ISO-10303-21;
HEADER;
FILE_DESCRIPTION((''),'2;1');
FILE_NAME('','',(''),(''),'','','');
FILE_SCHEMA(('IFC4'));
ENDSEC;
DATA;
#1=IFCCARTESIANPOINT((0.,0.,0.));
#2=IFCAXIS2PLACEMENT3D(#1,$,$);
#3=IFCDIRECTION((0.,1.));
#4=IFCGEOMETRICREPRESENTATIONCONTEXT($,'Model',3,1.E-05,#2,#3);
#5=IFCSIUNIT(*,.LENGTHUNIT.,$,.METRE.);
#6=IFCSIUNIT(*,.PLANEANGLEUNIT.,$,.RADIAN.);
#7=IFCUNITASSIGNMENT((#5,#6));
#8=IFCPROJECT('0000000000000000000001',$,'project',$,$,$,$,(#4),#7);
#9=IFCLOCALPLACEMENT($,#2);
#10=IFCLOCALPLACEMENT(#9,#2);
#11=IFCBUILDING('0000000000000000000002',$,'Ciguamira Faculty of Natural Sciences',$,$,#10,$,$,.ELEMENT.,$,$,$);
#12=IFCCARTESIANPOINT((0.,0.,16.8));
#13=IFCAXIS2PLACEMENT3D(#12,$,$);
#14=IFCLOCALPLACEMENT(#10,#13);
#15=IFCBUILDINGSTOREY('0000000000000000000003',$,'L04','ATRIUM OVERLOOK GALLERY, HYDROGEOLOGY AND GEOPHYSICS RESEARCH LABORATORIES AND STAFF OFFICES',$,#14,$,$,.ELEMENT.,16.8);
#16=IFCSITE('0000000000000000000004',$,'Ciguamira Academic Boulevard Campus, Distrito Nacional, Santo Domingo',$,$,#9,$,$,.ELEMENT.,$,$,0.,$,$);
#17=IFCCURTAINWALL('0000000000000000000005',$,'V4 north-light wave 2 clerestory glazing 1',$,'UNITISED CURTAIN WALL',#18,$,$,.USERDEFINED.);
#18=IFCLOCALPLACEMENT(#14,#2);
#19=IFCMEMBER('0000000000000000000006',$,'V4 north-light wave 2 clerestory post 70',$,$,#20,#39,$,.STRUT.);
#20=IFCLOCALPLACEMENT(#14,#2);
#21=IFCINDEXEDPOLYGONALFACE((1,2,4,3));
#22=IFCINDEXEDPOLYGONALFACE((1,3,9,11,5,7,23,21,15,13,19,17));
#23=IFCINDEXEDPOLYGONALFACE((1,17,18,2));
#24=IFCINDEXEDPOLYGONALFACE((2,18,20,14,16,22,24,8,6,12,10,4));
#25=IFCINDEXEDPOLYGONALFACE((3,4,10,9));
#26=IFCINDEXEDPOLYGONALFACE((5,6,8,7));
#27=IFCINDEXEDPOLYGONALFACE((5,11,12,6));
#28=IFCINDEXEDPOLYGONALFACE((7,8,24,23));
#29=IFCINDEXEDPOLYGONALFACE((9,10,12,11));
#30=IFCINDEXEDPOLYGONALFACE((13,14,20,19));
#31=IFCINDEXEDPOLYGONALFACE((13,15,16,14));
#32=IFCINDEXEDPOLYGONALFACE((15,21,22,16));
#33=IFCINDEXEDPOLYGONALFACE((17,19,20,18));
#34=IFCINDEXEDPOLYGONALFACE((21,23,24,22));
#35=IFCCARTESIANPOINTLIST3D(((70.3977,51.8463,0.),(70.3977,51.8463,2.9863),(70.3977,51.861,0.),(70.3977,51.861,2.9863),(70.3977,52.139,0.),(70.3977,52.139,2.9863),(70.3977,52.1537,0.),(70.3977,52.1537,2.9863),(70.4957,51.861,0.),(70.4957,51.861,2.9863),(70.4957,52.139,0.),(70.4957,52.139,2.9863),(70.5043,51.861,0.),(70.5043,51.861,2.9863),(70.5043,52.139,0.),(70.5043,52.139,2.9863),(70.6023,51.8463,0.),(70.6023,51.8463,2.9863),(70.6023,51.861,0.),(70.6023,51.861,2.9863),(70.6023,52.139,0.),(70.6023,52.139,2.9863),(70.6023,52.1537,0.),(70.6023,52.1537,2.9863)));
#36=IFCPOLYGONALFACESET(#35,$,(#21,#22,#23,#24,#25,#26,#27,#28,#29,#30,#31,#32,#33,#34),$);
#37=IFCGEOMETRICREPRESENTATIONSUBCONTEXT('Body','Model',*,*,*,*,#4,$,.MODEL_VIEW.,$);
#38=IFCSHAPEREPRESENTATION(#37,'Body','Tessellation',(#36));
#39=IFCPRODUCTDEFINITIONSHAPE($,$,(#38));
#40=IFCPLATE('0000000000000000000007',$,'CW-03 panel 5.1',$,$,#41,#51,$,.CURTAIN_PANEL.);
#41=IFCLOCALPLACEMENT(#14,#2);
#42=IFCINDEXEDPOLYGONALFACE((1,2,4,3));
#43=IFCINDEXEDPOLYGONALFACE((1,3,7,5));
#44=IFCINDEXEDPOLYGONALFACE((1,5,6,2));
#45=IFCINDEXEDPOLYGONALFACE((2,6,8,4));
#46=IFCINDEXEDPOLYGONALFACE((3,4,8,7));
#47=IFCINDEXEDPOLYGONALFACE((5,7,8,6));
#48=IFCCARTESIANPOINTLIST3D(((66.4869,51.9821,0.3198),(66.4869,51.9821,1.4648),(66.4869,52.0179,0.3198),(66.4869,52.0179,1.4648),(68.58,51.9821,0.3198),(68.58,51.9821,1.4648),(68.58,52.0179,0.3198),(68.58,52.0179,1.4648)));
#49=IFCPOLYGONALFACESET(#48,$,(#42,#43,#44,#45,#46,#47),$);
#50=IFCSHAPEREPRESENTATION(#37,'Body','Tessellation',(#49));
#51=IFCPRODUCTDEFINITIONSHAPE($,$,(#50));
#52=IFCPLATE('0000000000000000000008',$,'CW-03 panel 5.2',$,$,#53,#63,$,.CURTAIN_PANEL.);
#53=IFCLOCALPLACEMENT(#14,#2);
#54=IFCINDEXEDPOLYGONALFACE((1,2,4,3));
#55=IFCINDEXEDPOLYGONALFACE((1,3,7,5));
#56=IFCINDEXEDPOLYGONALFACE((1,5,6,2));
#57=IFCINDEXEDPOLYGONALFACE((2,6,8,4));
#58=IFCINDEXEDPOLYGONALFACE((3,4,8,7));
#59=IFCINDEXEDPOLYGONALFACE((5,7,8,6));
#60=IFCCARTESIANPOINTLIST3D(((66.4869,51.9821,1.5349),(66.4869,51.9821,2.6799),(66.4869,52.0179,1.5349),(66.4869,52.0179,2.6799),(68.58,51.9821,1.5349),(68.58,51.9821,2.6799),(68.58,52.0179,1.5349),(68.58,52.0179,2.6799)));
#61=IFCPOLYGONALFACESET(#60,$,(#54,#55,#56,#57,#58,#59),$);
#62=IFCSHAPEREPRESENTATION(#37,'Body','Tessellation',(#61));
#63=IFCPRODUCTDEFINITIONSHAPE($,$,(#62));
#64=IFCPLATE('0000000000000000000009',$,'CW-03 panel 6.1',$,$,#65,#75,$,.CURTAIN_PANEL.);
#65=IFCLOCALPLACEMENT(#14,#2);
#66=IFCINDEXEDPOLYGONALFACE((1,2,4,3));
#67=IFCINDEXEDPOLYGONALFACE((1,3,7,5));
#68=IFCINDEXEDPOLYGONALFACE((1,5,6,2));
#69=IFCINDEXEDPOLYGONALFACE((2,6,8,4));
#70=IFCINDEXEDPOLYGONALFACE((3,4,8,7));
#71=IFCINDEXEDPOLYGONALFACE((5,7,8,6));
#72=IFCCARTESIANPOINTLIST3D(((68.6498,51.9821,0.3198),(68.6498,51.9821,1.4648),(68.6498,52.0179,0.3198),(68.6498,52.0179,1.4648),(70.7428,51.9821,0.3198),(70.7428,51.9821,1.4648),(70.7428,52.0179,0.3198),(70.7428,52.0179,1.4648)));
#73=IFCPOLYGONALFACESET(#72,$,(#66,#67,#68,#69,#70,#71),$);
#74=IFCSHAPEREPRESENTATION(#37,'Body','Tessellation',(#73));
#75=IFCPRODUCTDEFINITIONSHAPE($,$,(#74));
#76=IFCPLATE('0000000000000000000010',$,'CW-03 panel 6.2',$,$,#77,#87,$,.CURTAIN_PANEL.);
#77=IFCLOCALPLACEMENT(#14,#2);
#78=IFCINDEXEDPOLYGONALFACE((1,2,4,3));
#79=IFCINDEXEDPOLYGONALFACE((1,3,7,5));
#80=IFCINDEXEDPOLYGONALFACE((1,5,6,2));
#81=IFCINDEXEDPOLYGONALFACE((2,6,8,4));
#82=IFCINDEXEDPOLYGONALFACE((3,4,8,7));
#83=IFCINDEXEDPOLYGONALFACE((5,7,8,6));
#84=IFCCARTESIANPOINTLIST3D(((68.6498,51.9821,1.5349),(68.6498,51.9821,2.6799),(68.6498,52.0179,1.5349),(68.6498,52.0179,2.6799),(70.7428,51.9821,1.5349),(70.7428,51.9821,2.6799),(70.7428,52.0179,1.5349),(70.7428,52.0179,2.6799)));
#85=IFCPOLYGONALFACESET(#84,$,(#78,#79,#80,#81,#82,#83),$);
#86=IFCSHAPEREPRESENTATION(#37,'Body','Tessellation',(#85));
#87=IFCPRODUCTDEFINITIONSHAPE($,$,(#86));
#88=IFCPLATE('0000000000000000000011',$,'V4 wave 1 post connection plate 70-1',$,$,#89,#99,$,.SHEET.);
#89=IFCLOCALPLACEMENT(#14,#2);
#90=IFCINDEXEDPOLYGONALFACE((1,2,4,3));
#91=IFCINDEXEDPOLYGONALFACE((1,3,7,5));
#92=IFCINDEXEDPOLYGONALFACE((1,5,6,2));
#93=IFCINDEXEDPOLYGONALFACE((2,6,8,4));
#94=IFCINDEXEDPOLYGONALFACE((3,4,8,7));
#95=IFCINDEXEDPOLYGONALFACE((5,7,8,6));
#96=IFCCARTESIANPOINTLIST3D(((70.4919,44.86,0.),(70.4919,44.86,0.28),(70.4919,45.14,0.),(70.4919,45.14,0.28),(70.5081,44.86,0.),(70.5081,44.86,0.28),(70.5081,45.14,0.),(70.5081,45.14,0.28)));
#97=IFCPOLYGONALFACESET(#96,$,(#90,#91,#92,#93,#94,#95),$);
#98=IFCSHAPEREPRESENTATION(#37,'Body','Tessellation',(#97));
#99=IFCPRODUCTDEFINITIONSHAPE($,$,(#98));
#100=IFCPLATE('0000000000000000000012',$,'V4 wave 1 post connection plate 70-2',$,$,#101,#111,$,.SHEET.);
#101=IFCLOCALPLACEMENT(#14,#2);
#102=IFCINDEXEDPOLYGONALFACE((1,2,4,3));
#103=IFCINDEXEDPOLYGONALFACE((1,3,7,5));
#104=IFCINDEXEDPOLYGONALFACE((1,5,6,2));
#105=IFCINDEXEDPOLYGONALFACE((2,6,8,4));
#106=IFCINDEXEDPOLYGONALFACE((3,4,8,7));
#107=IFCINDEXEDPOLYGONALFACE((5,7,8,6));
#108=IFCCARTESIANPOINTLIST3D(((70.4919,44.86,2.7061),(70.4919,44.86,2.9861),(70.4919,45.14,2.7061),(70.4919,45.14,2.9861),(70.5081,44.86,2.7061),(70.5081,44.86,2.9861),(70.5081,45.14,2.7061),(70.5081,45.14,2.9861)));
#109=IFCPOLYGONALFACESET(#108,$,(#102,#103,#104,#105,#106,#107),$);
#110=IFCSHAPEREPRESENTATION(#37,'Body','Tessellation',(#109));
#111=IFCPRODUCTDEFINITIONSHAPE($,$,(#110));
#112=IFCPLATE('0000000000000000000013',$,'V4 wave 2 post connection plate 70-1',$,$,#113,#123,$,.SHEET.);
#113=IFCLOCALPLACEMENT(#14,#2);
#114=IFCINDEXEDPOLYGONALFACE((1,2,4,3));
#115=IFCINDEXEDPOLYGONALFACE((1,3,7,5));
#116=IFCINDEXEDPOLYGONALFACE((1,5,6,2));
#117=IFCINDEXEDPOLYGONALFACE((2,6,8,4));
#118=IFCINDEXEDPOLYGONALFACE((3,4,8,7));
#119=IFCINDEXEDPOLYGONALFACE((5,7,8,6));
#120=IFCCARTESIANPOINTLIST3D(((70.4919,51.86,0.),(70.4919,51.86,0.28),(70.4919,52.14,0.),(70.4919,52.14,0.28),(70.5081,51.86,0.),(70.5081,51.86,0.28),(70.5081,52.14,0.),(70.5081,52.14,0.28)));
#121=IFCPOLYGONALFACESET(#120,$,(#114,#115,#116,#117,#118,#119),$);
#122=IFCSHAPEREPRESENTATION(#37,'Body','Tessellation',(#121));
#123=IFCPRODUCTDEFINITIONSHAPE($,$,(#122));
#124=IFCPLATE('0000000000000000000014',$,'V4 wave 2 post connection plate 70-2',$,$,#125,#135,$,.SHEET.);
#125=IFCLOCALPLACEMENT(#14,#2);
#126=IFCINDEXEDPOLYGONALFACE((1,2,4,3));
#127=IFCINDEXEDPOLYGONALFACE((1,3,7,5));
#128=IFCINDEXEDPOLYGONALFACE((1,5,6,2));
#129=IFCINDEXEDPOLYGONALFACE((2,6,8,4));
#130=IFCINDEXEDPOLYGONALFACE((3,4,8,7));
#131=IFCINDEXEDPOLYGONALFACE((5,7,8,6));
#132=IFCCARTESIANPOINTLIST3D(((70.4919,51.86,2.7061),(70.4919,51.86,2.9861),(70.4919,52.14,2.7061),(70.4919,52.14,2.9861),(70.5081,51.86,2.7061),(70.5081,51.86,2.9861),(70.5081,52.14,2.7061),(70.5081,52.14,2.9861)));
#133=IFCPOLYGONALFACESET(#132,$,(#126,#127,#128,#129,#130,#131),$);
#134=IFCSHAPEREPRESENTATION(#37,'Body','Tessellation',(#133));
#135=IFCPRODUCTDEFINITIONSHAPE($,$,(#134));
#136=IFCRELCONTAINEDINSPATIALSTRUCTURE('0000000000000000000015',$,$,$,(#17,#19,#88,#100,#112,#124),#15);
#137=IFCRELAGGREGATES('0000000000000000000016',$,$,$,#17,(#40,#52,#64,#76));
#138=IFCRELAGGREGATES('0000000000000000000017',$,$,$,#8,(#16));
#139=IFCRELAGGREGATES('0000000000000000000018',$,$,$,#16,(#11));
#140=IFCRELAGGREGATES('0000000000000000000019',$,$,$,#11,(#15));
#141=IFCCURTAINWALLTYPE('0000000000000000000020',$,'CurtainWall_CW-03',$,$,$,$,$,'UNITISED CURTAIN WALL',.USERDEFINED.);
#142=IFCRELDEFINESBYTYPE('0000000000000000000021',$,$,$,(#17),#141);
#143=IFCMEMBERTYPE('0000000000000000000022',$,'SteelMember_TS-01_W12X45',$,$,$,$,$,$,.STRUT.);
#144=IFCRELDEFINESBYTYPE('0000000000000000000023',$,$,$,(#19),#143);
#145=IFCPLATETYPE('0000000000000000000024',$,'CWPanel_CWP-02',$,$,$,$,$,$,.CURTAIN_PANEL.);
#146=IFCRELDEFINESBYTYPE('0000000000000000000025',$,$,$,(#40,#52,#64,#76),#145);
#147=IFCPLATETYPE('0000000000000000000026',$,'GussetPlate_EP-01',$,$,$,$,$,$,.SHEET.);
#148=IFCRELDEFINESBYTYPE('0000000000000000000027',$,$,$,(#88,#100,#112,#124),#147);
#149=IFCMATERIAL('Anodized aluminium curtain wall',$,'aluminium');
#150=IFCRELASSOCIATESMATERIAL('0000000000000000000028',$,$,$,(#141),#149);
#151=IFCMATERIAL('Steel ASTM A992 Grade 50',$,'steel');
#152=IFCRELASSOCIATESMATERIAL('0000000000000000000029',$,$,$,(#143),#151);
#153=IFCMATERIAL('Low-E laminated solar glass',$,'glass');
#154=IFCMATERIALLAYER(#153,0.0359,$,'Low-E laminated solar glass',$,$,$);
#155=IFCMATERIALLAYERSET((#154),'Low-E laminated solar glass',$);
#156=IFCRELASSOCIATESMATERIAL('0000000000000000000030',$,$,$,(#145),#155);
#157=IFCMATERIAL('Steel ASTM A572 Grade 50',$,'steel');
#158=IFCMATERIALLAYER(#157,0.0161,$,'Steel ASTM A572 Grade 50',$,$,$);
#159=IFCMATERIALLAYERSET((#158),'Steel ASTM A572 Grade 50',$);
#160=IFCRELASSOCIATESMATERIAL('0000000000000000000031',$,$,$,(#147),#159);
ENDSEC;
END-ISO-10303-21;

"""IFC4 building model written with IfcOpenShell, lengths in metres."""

from ifc_helpers import new_model, si_unit, direction, frame, origin, origin_2d, place, context, subcontext, project, spatial, rectangle, i_section, extrude, material, layer, layer_set, material_profile, profile_set, type_object, element, aggregate, save


model = new_model("IFC4")

# Units and contexts
model_context = context("Model", 3, precision=1e-05, world=origin(), true_north=direction((0.0, 1.0)))
body_context = subcontext(model_context, "Body", "Model", "MODEL_VIEW")
ifc_project = project(units=[si_unit("LENGTHUNIT", "METRE"), si_unit("PLANEANGLEUNIT", "RADIAN")], contexts=[model_context])

# Site, building, storey
site_placement = place(None, origin())
site = spatial("IfcSite", under=ifc_project, at=site_placement, Name="Ciguamira Academic Boulevard Campus, Distrito Nacional, Santo Domingo", CompositionType="ELEMENT", RefElevation=0.0)
building_placement = place(site_placement, origin())
building = spatial("IfcBuilding", under=site, at=building_placement, Name="Ciguamira Faculty of Natural Sciences", CompositionType="ELEMENT")
storey_placement = place(building_placement, frame((0.0, 0.0, 16.8)))
storey = spatial("IfcBuildingStorey", under=building, at=storey_placement, Name="L04", Description="ATRIUM OVERLOOK GALLERY, HYDROGEOLOGY AND GEOPHYSICS RESEARCH LABORATORIES AND STAFF OFFICES", CompositionType="ELEMENT", Elevation=16.8)

# Shared definitions
ifc_material_1 = material(Name="Anodized aluminium curtain wall", Category="aluminium")

# Curtain wall
curtain_wall_type_1 = type_object("IfcCurtainWallType", Name="CurtainWall_CW-03", ElementType="UNITISED CURTAIN WALL", PredefinedType="USERDEFINED", material=ifc_material_1)
curtain_wall_1_placement = place(storey_placement, origin())
curtain_wall_1 = element("IfcCurtainWall", 1, at=curtain_wall_1_placement, inside=storey, type_object=curtain_wall_type_1, Name="V4 north-light wave 2 clerestory glazing 1", ObjectType="UNITISED CURTAIN WALL", PredefinedType="USERDEFINED")

# Member
ifc_material_2 = material(Name="Steel ASTM A992 Grade 50", Category="steel")
ifc_material_profile_1 = material_profile(ifc_material_2, i_section(OverallWidth=0.2046, OverallDepth=0.3074, WebThickness=0.0085, FlangeThickness=0.0146, at=origin_2d()), Name="W12X45")
ifc_profile_set_1 = profile_set([ifc_material_profile_1], Name="Steel ASTM A992 Grade 50")
member_type_1 = type_object("IfcMemberType", Name="SteelMember_TS-01_W12X45", PredefinedType="STRUT", material=ifc_profile_set_1)
member_1_placement = place(storey_placement, frame((70.5, 52.0, 0.0), z_axis=(0.0, 0.0, 1.0), x_axis=(1.0, 0.0, 0.0)))
element("IfcMember", 2, at=member_1_placement, inside=storey, type_object=member_type_1, Name="V4 north-light wave 2 clerestory post 70", PredefinedType="STRUT", context=body_context, shape_type="SweptSolid", body=[
    extrude(i_section(OverallWidth=0.2046, OverallDepth=0.3074, WebThickness=0.0085, FlangeThickness=0.0146, at=origin_2d()), origin(), (0.0, 0.0, 1.0), 2.9863),
])

# Plates
ifc_material_3 = material(Name="Low-E laminated solar glass", Category="glass")
ifc_layer_1 = layer(ifc_material_3, 0.0359, Name="Low-E laminated solar glass")
ifc_layer_set_1 = layer_set([ifc_layer_1], Name="Low-E laminated solar glass")
plate_type_1 = type_object("IfcPlateType", Name="CWPanel_CWP-02", PredefinedType="CURTAIN_PANEL", material=ifc_layer_set_1)
plate_1_placement = place(storey_placement, frame((67.5334, 52.0, 0.3198), z_axis=(0.0, 0.0, 1.0), x_axis=(1.0, 0.0, 0.0)))
plate_1 = element("IfcPlate", 3, at=plate_1_placement, type_object=plate_type_1, Name="CW-03 panel 5.1", PredefinedType="CURTAIN_PANEL", context=body_context, shape_type="SweptSolid", body=[
    extrude(rectangle(XDim=2.093, YDim=0.0359, at=origin_2d()), origin(), (0.0, 0.0, 1.0), 1.145),
])
plate_2_placement = place(storey_placement, frame((67.5334, 52.0, 1.5349), z_axis=(0.0, 0.0, 1.0), x_axis=(1.0, 0.0, 0.0)))
plate_2 = element("IfcPlate", 4, at=plate_2_placement, type_object=plate_type_1, Name="CW-03 panel 5.2", PredefinedType="CURTAIN_PANEL", context=body_context, shape_type="SweptSolid", body=[
    extrude(rectangle(XDim=2.093, YDim=0.0359, at=origin_2d()), origin(), (0.0, 0.0, 1.0), 1.145),
])
plate_3_placement = place(storey_placement, frame((69.6963, 52.0, 0.3198), z_axis=(0.0, 0.0, 1.0), x_axis=(1.0, 0.0, 0.0)))
plate_3 = element("IfcPlate", 5, at=plate_3_placement, type_object=plate_type_1, Name="CW-03 panel 6.1", PredefinedType="CURTAIN_PANEL", context=body_context, shape_type="SweptSolid", body=[
    extrude(rectangle(XDim=2.093, YDim=0.0359, at=origin_2d()), origin(), (0.0, 0.0, 1.0), 1.145),
])
plate_4_placement = place(storey_placement, frame((69.6963, 52.0, 1.5349), z_axis=(0.0, 0.0, 1.0), x_axis=(1.0, 0.0, 0.0)))
plate_4 = element("IfcPlate", 6, at=plate_4_placement, type_object=plate_type_1, Name="CW-03 panel 6.2", PredefinedType="CURTAIN_PANEL", context=body_context, shape_type="SweptSolid", body=[
    extrude(rectangle(XDim=2.093, YDim=0.0359, at=origin_2d()), origin(), (0.0, 0.0, 1.0), 1.145),
])
aggregate(curtain_wall_1, [plate_1, plate_2, plate_3, plate_4])

# Plates
ifc_material_4 = material(Name="Steel ASTM A572 Grade 50", Category="steel")
ifc_layer_2 = layer(ifc_material_4, 0.0161, Name="Steel ASTM A572 Grade 50")
ifc_layer_set_2 = layer_set([ifc_layer_2], Name="Steel ASTM A572 Grade 50")
plate_type_2 = type_object("IfcPlateType", Name="GussetPlate_EP-01", PredefinedType="SHEET", material=ifc_layer_set_2)
for number, where, z_axis, x_axis, name in (
    (7, (70.5, 45.0, 0.0), (0.0, 0.0, 1.0), (1.0, 0.0, 0.0), "V4 wave 1 post connection plate 70-1"),
    (8, (70.5, 45.0, 2.7061), (0.0, 0.0, 1.0), (1.0, 0.0, 0.0), "V4 wave 1 post connection plate 70-2"),
    (9, (70.5, 52.0, 0.0), (0.0, 0.0, 1.0), (1.0, 0.0, 0.0), "V4 wave 2 post connection plate 70-1"),
    (10, (70.5, 52.0, 2.7061), (0.0, 0.0, 1.0), (1.0, 0.0, 0.0), "V4 wave 2 post connection plate 70-2"),
):
    element("IfcPlate", number, at=place(storey_placement, frame(where, z_axis=z_axis, x_axis=x_axis)), inside=storey, type_object=plate_type_2, Name=name, PredefinedType="SHEET", context=body_context, shape_type="SweptSolid", body=[
        extrude(rectangle(XDim=0.0161, YDim=0.28, at=origin_2d()), origin(), (0.0, 0.0, 1.0), 0.28),
    ])

save(model, "model.ifc")
